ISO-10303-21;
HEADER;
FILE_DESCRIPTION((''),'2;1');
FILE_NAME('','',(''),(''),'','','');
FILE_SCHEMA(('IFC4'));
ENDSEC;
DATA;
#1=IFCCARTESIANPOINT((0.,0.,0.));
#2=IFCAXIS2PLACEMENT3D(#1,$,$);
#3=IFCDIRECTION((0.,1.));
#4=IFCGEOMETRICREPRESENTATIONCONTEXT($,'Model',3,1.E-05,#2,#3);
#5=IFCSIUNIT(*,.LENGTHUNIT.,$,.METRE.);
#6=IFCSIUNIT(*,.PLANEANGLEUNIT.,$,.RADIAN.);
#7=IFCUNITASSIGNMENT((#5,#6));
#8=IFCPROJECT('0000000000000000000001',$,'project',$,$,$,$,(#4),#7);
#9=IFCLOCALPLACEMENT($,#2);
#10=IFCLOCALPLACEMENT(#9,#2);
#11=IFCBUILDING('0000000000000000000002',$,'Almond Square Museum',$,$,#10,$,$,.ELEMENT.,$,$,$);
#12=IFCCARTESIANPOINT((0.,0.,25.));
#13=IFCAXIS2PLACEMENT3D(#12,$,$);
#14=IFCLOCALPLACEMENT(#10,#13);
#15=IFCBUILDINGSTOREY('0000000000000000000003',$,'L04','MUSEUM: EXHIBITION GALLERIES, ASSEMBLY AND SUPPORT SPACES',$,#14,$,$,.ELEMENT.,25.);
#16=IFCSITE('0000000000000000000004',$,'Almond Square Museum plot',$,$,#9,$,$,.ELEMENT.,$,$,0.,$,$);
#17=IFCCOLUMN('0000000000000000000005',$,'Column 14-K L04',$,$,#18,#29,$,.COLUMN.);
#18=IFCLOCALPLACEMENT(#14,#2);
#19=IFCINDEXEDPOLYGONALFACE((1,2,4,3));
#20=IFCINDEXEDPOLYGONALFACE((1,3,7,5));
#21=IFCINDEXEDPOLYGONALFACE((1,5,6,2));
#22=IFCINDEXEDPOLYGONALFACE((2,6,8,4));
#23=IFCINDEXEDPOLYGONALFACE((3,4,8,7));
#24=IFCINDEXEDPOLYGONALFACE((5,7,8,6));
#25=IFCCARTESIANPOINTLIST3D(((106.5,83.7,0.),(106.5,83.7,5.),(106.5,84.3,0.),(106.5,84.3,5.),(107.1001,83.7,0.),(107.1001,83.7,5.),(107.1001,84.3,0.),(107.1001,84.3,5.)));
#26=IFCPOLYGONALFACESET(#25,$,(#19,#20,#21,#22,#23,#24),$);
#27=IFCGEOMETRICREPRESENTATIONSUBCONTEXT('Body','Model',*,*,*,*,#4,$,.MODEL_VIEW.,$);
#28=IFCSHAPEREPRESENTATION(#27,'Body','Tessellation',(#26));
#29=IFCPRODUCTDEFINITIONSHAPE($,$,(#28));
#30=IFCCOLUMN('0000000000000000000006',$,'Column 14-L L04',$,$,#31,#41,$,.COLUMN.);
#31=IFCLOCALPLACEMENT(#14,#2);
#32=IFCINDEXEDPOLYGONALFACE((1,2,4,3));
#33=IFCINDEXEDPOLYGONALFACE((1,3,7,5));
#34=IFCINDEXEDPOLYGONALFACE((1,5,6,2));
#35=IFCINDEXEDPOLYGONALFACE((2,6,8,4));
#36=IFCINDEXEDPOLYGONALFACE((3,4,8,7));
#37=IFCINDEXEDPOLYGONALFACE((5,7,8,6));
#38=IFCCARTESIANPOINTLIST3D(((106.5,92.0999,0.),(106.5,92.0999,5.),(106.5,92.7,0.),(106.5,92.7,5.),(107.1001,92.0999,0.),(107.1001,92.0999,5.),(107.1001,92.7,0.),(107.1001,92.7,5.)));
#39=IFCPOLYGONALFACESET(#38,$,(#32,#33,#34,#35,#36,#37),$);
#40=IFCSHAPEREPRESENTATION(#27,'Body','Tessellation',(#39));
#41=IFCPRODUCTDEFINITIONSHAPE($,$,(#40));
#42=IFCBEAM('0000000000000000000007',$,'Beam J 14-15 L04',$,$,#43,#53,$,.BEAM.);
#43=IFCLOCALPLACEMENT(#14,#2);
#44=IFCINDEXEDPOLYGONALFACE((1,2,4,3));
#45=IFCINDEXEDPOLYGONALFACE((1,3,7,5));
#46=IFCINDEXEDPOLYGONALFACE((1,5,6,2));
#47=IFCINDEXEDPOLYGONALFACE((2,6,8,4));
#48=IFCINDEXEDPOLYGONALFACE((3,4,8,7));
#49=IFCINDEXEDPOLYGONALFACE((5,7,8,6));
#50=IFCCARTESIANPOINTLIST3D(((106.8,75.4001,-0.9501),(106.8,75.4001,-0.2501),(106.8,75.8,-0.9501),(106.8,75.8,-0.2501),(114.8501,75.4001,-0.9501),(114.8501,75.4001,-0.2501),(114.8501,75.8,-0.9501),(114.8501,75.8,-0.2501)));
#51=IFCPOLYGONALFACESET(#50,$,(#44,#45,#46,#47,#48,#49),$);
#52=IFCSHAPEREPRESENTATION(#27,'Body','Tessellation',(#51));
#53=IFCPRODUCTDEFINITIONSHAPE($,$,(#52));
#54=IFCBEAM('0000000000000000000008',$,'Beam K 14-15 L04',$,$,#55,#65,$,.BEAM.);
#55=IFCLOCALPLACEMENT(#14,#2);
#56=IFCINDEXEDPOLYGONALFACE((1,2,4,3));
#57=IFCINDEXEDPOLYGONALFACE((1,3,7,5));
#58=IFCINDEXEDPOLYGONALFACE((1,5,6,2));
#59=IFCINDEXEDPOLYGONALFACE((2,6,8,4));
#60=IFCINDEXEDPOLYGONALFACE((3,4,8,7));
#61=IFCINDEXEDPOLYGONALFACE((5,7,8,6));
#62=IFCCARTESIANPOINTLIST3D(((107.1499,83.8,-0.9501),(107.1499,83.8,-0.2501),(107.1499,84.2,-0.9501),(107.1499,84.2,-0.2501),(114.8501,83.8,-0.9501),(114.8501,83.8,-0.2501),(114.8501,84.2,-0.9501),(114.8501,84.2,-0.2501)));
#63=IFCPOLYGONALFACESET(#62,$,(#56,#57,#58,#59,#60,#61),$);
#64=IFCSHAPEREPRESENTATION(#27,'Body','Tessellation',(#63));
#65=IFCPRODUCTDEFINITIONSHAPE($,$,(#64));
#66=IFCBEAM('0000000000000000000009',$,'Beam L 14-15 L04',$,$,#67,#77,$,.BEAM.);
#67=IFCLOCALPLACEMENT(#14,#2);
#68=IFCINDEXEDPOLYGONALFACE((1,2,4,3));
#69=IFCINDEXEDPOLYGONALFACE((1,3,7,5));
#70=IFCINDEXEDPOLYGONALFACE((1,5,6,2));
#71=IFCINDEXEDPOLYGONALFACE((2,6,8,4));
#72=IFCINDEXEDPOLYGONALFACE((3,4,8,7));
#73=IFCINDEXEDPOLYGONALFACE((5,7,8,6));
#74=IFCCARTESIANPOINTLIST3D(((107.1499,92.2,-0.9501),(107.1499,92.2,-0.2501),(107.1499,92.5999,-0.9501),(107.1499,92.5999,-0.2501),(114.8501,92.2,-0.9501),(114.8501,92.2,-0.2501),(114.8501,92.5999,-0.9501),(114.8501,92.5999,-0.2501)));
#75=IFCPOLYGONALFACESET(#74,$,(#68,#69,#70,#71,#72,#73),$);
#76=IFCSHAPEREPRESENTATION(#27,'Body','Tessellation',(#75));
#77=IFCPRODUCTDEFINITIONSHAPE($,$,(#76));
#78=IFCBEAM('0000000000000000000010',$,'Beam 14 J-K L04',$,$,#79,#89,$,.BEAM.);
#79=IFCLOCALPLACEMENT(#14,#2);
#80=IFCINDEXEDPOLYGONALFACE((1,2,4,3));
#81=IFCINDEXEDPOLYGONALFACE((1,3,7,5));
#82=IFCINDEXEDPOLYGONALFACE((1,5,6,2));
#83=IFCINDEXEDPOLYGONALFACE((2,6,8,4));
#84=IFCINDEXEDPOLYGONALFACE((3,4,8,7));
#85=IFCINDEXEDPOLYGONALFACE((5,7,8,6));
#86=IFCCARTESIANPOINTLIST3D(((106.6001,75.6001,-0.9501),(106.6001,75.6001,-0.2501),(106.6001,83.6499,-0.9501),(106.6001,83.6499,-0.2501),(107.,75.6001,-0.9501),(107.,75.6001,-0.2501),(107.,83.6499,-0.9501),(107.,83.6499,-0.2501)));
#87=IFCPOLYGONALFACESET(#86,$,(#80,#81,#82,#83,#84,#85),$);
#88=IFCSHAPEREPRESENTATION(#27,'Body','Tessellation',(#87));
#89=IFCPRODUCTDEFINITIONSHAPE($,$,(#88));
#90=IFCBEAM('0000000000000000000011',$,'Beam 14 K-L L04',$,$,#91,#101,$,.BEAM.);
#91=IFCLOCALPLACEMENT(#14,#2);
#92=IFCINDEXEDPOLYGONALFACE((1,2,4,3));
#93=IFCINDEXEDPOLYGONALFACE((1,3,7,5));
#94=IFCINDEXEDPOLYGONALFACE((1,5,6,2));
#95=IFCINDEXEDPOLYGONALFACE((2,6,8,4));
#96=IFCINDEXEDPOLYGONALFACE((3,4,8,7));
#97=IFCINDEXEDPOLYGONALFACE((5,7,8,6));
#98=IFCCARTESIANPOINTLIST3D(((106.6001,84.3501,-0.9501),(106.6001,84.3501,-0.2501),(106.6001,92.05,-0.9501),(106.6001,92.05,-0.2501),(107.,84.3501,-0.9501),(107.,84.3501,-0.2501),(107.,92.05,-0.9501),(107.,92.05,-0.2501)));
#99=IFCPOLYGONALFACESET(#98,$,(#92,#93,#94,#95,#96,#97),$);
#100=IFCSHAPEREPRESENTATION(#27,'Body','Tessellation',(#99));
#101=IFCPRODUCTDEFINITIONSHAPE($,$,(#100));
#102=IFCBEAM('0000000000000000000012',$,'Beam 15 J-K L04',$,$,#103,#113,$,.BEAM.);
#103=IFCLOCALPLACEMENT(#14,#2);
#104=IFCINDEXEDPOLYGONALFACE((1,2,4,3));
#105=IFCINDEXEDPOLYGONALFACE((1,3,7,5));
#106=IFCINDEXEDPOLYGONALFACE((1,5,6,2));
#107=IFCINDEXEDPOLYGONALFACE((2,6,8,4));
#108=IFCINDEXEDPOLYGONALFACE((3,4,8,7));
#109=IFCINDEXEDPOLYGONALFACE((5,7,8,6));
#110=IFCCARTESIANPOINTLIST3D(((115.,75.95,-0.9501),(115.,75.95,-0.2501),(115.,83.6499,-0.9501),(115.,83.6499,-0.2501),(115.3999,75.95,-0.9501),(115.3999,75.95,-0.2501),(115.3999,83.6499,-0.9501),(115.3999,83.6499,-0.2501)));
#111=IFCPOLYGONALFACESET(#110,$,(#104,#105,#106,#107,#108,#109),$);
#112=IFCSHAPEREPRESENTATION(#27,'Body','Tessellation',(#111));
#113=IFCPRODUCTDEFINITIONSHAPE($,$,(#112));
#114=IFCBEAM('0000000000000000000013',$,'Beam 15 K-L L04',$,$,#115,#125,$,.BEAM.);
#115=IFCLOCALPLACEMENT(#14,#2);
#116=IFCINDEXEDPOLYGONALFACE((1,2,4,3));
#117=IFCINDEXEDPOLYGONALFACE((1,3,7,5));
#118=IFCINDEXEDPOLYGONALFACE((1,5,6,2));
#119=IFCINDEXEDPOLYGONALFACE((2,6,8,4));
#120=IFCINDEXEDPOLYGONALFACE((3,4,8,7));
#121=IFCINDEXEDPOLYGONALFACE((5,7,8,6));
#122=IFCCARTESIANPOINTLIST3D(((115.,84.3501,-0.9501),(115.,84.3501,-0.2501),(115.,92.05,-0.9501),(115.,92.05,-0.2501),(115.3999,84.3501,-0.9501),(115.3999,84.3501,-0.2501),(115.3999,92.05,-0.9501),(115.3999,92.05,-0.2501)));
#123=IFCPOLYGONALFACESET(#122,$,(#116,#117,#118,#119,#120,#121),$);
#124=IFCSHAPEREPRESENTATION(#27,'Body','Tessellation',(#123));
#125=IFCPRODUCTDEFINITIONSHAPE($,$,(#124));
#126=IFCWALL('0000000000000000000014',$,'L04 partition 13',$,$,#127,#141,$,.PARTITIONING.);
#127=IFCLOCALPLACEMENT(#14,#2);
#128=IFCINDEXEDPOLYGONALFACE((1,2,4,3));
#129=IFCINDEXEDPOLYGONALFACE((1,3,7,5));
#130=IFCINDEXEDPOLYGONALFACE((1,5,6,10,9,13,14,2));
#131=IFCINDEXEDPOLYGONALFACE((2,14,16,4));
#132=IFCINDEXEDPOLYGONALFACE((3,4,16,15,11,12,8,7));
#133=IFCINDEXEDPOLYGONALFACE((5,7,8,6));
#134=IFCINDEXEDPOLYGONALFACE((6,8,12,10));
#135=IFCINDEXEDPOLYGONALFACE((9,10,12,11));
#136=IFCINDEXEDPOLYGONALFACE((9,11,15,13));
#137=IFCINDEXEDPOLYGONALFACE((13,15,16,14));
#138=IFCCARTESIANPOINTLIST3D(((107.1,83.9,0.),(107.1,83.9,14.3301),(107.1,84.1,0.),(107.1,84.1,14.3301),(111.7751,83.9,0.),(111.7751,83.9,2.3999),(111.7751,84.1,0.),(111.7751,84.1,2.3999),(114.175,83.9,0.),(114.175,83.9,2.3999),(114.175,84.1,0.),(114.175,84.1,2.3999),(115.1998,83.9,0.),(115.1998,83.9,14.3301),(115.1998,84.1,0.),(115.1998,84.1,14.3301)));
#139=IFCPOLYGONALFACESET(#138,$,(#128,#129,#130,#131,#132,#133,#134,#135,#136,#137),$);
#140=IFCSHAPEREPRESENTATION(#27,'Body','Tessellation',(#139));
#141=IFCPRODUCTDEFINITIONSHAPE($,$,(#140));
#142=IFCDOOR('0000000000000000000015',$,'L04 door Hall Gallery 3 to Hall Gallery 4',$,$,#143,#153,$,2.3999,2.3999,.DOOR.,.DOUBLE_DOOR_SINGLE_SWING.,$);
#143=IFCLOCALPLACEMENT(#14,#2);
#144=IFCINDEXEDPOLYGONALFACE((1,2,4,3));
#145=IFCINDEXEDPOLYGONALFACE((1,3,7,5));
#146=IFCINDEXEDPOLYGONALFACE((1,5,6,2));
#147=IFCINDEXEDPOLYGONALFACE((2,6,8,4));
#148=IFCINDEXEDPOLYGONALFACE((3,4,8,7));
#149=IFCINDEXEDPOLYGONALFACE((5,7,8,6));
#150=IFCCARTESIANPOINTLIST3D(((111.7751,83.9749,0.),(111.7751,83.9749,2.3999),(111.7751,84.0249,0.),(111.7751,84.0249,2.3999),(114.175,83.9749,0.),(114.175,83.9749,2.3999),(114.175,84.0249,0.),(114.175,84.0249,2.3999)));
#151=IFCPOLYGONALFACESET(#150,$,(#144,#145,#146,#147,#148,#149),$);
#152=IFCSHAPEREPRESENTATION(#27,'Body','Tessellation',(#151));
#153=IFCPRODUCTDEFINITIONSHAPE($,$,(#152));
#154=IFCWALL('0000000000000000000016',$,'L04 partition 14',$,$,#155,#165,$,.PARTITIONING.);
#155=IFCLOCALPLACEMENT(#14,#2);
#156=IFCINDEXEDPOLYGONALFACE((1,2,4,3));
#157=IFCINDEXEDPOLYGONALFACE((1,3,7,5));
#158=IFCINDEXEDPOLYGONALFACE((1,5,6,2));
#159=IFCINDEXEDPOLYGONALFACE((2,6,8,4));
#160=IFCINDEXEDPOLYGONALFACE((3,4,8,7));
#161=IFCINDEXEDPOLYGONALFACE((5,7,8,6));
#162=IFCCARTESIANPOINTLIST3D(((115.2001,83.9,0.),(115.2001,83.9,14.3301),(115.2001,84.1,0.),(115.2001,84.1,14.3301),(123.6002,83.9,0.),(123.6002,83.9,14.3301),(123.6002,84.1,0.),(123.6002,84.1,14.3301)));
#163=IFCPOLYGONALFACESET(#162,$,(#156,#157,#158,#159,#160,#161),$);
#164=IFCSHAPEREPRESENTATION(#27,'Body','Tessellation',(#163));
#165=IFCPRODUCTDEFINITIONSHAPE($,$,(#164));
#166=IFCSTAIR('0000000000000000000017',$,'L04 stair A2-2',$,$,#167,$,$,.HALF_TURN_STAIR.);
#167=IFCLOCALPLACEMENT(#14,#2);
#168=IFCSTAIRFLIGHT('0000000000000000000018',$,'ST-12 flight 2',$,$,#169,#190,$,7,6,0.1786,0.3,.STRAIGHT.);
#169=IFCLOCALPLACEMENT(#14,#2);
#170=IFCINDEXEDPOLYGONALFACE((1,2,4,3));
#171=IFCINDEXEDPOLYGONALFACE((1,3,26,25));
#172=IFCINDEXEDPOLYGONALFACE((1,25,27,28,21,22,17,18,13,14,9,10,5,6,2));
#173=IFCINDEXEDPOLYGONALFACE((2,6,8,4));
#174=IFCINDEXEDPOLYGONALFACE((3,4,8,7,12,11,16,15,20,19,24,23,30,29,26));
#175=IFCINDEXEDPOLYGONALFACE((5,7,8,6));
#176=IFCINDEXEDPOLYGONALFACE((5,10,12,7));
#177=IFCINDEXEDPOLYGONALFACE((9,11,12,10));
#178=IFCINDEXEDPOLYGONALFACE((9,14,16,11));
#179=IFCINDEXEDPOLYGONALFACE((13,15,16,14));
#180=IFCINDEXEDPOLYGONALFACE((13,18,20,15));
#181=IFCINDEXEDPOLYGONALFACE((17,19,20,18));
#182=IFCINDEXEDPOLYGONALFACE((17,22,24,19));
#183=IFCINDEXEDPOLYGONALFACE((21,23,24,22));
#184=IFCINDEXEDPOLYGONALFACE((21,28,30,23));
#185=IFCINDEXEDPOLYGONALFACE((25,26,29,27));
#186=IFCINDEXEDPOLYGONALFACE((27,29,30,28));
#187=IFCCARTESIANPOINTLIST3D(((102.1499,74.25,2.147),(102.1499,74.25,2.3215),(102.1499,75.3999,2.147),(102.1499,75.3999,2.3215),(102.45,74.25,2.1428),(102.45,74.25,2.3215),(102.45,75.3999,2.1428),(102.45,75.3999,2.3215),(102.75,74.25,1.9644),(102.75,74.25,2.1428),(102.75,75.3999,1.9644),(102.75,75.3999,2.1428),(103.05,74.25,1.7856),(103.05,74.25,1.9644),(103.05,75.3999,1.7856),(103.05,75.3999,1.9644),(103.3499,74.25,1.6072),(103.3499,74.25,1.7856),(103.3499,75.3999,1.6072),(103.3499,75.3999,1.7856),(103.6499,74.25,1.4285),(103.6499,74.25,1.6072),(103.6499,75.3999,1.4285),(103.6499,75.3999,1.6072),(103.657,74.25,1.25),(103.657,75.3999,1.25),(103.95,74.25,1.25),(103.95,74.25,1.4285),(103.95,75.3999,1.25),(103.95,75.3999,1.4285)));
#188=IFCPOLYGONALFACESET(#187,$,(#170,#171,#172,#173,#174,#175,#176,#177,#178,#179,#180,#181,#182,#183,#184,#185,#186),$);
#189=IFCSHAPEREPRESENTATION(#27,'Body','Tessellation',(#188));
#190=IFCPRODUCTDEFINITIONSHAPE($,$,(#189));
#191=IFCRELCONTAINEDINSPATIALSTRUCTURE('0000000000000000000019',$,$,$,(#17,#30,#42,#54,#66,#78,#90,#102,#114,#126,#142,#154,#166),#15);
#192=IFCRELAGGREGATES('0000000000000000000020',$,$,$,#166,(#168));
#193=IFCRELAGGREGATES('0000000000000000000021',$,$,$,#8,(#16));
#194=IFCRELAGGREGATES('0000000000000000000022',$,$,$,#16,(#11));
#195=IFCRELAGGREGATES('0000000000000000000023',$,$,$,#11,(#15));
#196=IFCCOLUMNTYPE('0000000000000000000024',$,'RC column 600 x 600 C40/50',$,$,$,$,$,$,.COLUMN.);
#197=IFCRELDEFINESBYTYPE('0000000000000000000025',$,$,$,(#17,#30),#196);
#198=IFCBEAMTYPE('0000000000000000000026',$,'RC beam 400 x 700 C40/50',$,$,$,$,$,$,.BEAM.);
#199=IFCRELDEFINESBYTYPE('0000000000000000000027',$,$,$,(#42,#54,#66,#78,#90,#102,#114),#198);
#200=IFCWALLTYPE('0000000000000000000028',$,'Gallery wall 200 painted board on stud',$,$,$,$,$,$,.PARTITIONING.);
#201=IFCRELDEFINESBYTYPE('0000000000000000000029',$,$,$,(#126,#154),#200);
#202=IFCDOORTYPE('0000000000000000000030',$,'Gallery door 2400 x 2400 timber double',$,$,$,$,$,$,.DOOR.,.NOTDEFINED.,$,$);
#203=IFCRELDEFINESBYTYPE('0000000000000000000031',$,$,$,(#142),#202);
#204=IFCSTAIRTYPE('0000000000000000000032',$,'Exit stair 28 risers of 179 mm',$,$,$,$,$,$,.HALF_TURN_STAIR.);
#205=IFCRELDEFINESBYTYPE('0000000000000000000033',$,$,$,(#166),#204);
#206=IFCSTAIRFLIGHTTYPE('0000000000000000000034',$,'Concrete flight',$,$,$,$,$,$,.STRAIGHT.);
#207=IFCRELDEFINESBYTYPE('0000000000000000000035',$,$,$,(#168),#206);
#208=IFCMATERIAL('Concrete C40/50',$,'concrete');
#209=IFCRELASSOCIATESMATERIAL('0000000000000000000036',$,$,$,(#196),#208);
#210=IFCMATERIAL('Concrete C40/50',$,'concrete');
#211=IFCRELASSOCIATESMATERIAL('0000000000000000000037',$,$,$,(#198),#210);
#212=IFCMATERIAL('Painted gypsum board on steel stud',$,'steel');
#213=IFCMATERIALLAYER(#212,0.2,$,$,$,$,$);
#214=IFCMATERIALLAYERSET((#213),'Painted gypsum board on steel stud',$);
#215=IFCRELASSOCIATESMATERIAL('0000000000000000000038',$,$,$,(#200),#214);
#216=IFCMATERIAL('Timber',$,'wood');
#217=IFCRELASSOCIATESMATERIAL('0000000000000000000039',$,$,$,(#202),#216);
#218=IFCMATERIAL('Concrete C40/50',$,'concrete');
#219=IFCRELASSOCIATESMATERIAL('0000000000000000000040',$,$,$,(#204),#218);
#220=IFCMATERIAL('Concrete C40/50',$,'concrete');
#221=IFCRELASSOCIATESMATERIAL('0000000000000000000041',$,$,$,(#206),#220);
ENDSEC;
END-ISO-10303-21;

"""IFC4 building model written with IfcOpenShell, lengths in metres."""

from ifc_helpers import new_model, si_unit, direction, frame, frame_2d, origin, origin_2d, place, context, subcontext, project, spatial, polyline, rectangle, outline, extrude, material, layer, layer_set, material_profile, profile_set, type_object, element, fill, aggregate, save


model = new_model("IFC4")

# Units and contexts
model_context = context("Model", 3, precision=1e-05, world=origin(), true_north=direction((0.0, 1.0)))
body_context = subcontext(model_context, "Body", "Model", "MODEL_VIEW")
ifc_project = project(units=[si_unit("LENGTHUNIT", "METRE"), si_unit("PLANEANGLEUNIT", "RADIAN")], contexts=[model_context])

# Site, building, storey
site_placement = place(None, origin())
site = spatial("IfcSite", under=ifc_project, at=site_placement, Name="Almond Square Museum plot", CompositionType="ELEMENT", RefElevation=0.0)
building_placement = place(site_placement, origin())
building = spatial("IfcBuilding", under=site, at=building_placement, Name="Almond Square Museum", CompositionType="ELEMENT")
storey_placement = place(building_placement, frame((0.0, 0.0, 25.0)))
storey = spatial("IfcBuildingStorey", under=building, at=storey_placement, Name="L04", Description="MUSEUM: EXHIBITION GALLERIES, ASSEMBLY AND SUPPORT SPACES", CompositionType="ELEMENT", Elevation=25.0)

# Columns
ifc_material_1 = material(Name="Concrete C40/50", Category="concrete")
ifc_material_profile_1 = material_profile(ifc_material_1, rectangle(XDim=0.6001, YDim=0.6001, at=origin_2d()))
ifc_profile_set_1 = profile_set([ifc_material_profile_1], Name="Concrete C40/50")
column_type = type_object("IfcColumnType", Name="RC column 600 x 600 C40/50", PredefinedType="COLUMN", material=ifc_profile_set_1)
for number, where, z_axis, x_axis, name in (
    (1, (106.8, 84.0, 0.0), (0.0, 0.0, 1.0), (1.0, 0.0, 0.0), "Column 14-K L04"),
    (2, (106.8, 92.3999, 0.0), (0.0, 0.0, 1.0), (1.0, 0.0, 0.0), "Column 14-L L04"),
):
    element("IfcColumn", number, at=place(storey_placement, frame(where, z_axis=z_axis, x_axis=x_axis)), inside=storey, type_object=column_type, Name=name, PredefinedType="COLUMN", context=body_context, shape_type="SweptSolid", body=[
        extrude(rectangle(XDim=0.6001, YDim=0.6001, at=origin_2d()), origin(), (0.0, 0.0, 1.0), 5.0),
    ])

# Beams
ifc_material_2 = material(Name="Concrete C40/50", Category="concrete")
ifc_material_profile_2 = material_profile(ifc_material_2, rectangle(XDim=0.3999, YDim=0.7, at=origin_2d()))
ifc_profile_set_2 = profile_set([ifc_material_profile_2], Name="Concrete C40/50")
beam_type = type_object("IfcBeamType", Name="RC beam 400 x 700 C40/50", PredefinedType="BEAM", material=ifc_profile_set_2)
beam_1_placement = place(storey_placement, frame((106.8, 75.6001, -0.6001), z_axis=(1.0, 0.0, 0.0), x_axis=(0.0, 1.0, 0.0)))
element("IfcBeam", 3, at=beam_1_placement, inside=storey, type_object=beam_type, Name="Beam J 14-15 L04", PredefinedType="BEAM", context=body_context, shape_type="SweptSolid", body=[
    extrude(rectangle(XDim=0.3999, YDim=0.7, at=origin_2d()), origin(), (0.0, 0.0, 1.0), 8.05),
])
for number, where, z_axis, x_axis, name in (
    (4, (107.1499, 84.0, -0.6001), (1.0, 0.0, 0.0), (0.0, 1.0, 0.0), "Beam K 14-15 L04"),
    (5, (107.1499, 92.3999, -0.6001), (1.0, 0.0, 0.0), (0.0, 1.0, 0.0), "Beam L 14-15 L04"),
):
    element("IfcBeam", number, at=place(storey_placement, frame(where, z_axis=z_axis, x_axis=x_axis)), inside=storey, type_object=beam_type, Name=name, PredefinedType="BEAM", context=body_context, shape_type="SweptSolid", body=[
        extrude(rectangle(XDim=0.3999, YDim=0.7, at=origin_2d()), origin(), (0.0, 0.0, 1.0), 7.7002),
    ])
beam_2_placement = place(storey_placement, frame((106.8, 75.6001, -0.6001), z_axis=(0.0, 1.0, 0.0), x_axis=(-1.0, 0.0, 0.0)))
element("IfcBeam", 6, at=beam_2_placement, inside=storey, type_object=beam_type, Name="Beam 14 J-K L04", PredefinedType="BEAM", context=body_context, shape_type="SweptSolid", body=[
    extrude(rectangle(XDim=0.3999, YDim=0.7, at=origin_2d()), origin(), (0.0, 0.0, 1.0), 8.0498),
])
for number, where, z_axis, x_axis, name in (
    (7, (106.8, 84.3501, -0.6001), (0.0, 1.0, 0.0), (-1.0, 0.0, 0.0), "Beam 14 K-L L04"),
    (8, (115.2, 75.95, -0.6001), (0.0, 1.0, 0.0), (-1.0, 0.0, 0.0), "Beam 15 J-K L04"),
    (9, (115.2, 84.3501, -0.6001), (0.0, 1.0, 0.0), (-1.0, 0.0, 0.0), "Beam 15 K-L L04"),
):
    element("IfcBeam", number, at=place(storey_placement, frame(where, z_axis=z_axis, x_axis=x_axis)), inside=storey, type_object=beam_type, Name=name, PredefinedType="BEAM", context=body_context, shape_type="SweptSolid", body=[
        extrude(rectangle(XDim=0.3999, YDim=0.7, at=origin_2d()), origin(), (0.0, 0.0, 1.0), 7.7),
    ])

# Wall, opening, door
ifc_material_3 = material(Name="Painted gypsum board on steel stud", Category="steel")
ifc_layer_1 = layer(ifc_material_3, 0.2)
ifc_layer_set_1 = layer_set([ifc_layer_1], Name="Painted gypsum board on steel stud")
wall_type_1 = type_object("IfcWallType", Name="Gallery wall 200 painted board on stud", PredefinedType="PARTITIONING", material=ifc_layer_set_1)
wall_1_placement = place(storey_placement, frame((107.1001, 84.0, 0.0), z_axis=(0.0, 0.0, 1.0), x_axis=(1.0, 0.0, 0.0)))
wall_1 = element("IfcWall", 10, at=wall_1_placement, inside=storey, type_object=wall_type_1, Name="L04 partition 13", PredefinedType="PARTITIONING", context=body_context, shape_type="SweptSolid", body=[
    extrude(rectangle(XDim=8.0999, YDim=0.2, at=frame_2d((4.0498, 0.0))), origin(), (0.0, 0.0, 1.0), 14.3301),
])
opening_1_placement = place(wall_1_placement, frame((4.675, 0.0, 0.0)))
opening_1 = element("IfcOpeningElement", 11, at=opening_1_placement, cuts=wall_1, PredefinedType="OPENING", context=body_context, shape_type="SweptSolid", body=[
    extrude(rectangle(XDim=2.3999, YDim=2.3999, at=frame_2d((1.2, 1.2))), frame((0.0, 0.1099, 0.0), z_axis=(0.0, -1.0, 0.0), x_axis=(1.0, 0.0, 0.0)), (0.0, 0.0, 1.0), 0.22),
])
ifc_material_4 = material(Name="Timber", Category="wood")
door_type_1 = type_object("IfcDoorType", Name="Gallery door 2400 x 2400 timber double", OperationType="NOTDEFINED", PredefinedType="DOOR", material=ifc_material_4)
door_1_placement = place(opening_1_placement, origin())
door_1 = element("IfcDoor", 12, at=door_1_placement, inside=storey, type_object=door_type_1, Name="L04 door Hall Gallery 3 to Hall Gallery 4", OperationType="DOUBLE_DOOR_SINGLE_SWING", OverallHeight=2.3999, OverallWidth=2.3999, PredefinedType="DOOR", context=body_context, shape_type="SweptSolid", body=[
    extrude(rectangle(XDim=2.3999, YDim=2.3999, at=frame_2d((1.2, 1.2))), frame((0.0, 0.0249, 0.0), z_axis=(0.0, -1.0, 0.0), x_axis=(1.0, 0.0, 0.0)), (0.0, 0.0, 1.0), 0.05),
])
fill(opening_1, door_1)

# Wall
wall_2_placement = place(storey_placement, frame((115.2, 84.0, 0.0), z_axis=(0.0, 0.0, 1.0), x_axis=(1.0, 0.0, 0.0)))
element("IfcWall", 13, at=wall_2_placement, inside=storey, type_object=wall_type_1, Name="L04 partition 14", PredefinedType="PARTITIONING", context=body_context, shape_type="SweptSolid", body=[
    extrude(rectangle(XDim=8.4001, YDim=0.2, at=frame_2d((4.2002, 0.0))), origin(), (0.0, 0.0, 1.0), 14.3301),
])

# Stair, stair flight
ifc_material_5 = material(Name="Concrete C40/50", Category="concrete")
stair_type = type_object("IfcStairType", Name="Exit stair 28 risers of 179 mm", PredefinedType="HALF_TURN_STAIR", material=ifc_material_5)
stair_placement = place(storey_placement, origin())
stair = element("IfcStair", 14, at=stair_placement, inside=storey, type_object=stair_type, Name="L04 stair A2-2", PredefinedType="HALF_TURN_STAIR")
ifc_material_6 = material(Name="Concrete C40/50", Category="concrete")
stair_flight_type = type_object("IfcStairFlightType", Name="Concrete flight", PredefinedType="STRAIGHT", material=ifc_material_6)
stair_flight_1_placement = place(storey_placement, frame((103.95, 74.825, 1.25), z_axis=(0.0, 0.0, 1.0), x_axis=(-1.0, 0.0, 0.0)))
stair_flight_1 = element("IfcStairFlight", 15, at=stair_flight_1_placement, type_object=stair_flight_type, Name="ST-12 flight 2", NumberOfRisers=7, NumberOfTreads=6, PredefinedType="STRAIGHT", RiserHeight=0.1786, TreadLength=0.3, context=body_context, shape_type="SweptSolid", body=[
    extrude(outline(polyline([(0.0, 0.0), (0.0, 0.1785), (0.3, 0.1785), (0.3, 0.3572), (0.6001, 0.3572), (0.6001, 0.5356), (0.8999, 0.5356), (0.8999, 0.7144), (1.2, 0.7144), (1.2, 0.8928), (1.5, 0.8928), (1.5, 1.0715), (1.8, 1.0715), (1.8, 1.25), (1.8, 0.897), (0.293, 0.0), (0.0, 0.0)])), frame((0.0, 0.575, 0.0), z_axis=(0.0, -1.0, 0.0), x_axis=(1.0, 0.0, 0.0)), (0.0, 0.0, 1.0), 1.1499),
])
aggregate(stair, [stair_flight_1])

save(model, "model.ifc")
